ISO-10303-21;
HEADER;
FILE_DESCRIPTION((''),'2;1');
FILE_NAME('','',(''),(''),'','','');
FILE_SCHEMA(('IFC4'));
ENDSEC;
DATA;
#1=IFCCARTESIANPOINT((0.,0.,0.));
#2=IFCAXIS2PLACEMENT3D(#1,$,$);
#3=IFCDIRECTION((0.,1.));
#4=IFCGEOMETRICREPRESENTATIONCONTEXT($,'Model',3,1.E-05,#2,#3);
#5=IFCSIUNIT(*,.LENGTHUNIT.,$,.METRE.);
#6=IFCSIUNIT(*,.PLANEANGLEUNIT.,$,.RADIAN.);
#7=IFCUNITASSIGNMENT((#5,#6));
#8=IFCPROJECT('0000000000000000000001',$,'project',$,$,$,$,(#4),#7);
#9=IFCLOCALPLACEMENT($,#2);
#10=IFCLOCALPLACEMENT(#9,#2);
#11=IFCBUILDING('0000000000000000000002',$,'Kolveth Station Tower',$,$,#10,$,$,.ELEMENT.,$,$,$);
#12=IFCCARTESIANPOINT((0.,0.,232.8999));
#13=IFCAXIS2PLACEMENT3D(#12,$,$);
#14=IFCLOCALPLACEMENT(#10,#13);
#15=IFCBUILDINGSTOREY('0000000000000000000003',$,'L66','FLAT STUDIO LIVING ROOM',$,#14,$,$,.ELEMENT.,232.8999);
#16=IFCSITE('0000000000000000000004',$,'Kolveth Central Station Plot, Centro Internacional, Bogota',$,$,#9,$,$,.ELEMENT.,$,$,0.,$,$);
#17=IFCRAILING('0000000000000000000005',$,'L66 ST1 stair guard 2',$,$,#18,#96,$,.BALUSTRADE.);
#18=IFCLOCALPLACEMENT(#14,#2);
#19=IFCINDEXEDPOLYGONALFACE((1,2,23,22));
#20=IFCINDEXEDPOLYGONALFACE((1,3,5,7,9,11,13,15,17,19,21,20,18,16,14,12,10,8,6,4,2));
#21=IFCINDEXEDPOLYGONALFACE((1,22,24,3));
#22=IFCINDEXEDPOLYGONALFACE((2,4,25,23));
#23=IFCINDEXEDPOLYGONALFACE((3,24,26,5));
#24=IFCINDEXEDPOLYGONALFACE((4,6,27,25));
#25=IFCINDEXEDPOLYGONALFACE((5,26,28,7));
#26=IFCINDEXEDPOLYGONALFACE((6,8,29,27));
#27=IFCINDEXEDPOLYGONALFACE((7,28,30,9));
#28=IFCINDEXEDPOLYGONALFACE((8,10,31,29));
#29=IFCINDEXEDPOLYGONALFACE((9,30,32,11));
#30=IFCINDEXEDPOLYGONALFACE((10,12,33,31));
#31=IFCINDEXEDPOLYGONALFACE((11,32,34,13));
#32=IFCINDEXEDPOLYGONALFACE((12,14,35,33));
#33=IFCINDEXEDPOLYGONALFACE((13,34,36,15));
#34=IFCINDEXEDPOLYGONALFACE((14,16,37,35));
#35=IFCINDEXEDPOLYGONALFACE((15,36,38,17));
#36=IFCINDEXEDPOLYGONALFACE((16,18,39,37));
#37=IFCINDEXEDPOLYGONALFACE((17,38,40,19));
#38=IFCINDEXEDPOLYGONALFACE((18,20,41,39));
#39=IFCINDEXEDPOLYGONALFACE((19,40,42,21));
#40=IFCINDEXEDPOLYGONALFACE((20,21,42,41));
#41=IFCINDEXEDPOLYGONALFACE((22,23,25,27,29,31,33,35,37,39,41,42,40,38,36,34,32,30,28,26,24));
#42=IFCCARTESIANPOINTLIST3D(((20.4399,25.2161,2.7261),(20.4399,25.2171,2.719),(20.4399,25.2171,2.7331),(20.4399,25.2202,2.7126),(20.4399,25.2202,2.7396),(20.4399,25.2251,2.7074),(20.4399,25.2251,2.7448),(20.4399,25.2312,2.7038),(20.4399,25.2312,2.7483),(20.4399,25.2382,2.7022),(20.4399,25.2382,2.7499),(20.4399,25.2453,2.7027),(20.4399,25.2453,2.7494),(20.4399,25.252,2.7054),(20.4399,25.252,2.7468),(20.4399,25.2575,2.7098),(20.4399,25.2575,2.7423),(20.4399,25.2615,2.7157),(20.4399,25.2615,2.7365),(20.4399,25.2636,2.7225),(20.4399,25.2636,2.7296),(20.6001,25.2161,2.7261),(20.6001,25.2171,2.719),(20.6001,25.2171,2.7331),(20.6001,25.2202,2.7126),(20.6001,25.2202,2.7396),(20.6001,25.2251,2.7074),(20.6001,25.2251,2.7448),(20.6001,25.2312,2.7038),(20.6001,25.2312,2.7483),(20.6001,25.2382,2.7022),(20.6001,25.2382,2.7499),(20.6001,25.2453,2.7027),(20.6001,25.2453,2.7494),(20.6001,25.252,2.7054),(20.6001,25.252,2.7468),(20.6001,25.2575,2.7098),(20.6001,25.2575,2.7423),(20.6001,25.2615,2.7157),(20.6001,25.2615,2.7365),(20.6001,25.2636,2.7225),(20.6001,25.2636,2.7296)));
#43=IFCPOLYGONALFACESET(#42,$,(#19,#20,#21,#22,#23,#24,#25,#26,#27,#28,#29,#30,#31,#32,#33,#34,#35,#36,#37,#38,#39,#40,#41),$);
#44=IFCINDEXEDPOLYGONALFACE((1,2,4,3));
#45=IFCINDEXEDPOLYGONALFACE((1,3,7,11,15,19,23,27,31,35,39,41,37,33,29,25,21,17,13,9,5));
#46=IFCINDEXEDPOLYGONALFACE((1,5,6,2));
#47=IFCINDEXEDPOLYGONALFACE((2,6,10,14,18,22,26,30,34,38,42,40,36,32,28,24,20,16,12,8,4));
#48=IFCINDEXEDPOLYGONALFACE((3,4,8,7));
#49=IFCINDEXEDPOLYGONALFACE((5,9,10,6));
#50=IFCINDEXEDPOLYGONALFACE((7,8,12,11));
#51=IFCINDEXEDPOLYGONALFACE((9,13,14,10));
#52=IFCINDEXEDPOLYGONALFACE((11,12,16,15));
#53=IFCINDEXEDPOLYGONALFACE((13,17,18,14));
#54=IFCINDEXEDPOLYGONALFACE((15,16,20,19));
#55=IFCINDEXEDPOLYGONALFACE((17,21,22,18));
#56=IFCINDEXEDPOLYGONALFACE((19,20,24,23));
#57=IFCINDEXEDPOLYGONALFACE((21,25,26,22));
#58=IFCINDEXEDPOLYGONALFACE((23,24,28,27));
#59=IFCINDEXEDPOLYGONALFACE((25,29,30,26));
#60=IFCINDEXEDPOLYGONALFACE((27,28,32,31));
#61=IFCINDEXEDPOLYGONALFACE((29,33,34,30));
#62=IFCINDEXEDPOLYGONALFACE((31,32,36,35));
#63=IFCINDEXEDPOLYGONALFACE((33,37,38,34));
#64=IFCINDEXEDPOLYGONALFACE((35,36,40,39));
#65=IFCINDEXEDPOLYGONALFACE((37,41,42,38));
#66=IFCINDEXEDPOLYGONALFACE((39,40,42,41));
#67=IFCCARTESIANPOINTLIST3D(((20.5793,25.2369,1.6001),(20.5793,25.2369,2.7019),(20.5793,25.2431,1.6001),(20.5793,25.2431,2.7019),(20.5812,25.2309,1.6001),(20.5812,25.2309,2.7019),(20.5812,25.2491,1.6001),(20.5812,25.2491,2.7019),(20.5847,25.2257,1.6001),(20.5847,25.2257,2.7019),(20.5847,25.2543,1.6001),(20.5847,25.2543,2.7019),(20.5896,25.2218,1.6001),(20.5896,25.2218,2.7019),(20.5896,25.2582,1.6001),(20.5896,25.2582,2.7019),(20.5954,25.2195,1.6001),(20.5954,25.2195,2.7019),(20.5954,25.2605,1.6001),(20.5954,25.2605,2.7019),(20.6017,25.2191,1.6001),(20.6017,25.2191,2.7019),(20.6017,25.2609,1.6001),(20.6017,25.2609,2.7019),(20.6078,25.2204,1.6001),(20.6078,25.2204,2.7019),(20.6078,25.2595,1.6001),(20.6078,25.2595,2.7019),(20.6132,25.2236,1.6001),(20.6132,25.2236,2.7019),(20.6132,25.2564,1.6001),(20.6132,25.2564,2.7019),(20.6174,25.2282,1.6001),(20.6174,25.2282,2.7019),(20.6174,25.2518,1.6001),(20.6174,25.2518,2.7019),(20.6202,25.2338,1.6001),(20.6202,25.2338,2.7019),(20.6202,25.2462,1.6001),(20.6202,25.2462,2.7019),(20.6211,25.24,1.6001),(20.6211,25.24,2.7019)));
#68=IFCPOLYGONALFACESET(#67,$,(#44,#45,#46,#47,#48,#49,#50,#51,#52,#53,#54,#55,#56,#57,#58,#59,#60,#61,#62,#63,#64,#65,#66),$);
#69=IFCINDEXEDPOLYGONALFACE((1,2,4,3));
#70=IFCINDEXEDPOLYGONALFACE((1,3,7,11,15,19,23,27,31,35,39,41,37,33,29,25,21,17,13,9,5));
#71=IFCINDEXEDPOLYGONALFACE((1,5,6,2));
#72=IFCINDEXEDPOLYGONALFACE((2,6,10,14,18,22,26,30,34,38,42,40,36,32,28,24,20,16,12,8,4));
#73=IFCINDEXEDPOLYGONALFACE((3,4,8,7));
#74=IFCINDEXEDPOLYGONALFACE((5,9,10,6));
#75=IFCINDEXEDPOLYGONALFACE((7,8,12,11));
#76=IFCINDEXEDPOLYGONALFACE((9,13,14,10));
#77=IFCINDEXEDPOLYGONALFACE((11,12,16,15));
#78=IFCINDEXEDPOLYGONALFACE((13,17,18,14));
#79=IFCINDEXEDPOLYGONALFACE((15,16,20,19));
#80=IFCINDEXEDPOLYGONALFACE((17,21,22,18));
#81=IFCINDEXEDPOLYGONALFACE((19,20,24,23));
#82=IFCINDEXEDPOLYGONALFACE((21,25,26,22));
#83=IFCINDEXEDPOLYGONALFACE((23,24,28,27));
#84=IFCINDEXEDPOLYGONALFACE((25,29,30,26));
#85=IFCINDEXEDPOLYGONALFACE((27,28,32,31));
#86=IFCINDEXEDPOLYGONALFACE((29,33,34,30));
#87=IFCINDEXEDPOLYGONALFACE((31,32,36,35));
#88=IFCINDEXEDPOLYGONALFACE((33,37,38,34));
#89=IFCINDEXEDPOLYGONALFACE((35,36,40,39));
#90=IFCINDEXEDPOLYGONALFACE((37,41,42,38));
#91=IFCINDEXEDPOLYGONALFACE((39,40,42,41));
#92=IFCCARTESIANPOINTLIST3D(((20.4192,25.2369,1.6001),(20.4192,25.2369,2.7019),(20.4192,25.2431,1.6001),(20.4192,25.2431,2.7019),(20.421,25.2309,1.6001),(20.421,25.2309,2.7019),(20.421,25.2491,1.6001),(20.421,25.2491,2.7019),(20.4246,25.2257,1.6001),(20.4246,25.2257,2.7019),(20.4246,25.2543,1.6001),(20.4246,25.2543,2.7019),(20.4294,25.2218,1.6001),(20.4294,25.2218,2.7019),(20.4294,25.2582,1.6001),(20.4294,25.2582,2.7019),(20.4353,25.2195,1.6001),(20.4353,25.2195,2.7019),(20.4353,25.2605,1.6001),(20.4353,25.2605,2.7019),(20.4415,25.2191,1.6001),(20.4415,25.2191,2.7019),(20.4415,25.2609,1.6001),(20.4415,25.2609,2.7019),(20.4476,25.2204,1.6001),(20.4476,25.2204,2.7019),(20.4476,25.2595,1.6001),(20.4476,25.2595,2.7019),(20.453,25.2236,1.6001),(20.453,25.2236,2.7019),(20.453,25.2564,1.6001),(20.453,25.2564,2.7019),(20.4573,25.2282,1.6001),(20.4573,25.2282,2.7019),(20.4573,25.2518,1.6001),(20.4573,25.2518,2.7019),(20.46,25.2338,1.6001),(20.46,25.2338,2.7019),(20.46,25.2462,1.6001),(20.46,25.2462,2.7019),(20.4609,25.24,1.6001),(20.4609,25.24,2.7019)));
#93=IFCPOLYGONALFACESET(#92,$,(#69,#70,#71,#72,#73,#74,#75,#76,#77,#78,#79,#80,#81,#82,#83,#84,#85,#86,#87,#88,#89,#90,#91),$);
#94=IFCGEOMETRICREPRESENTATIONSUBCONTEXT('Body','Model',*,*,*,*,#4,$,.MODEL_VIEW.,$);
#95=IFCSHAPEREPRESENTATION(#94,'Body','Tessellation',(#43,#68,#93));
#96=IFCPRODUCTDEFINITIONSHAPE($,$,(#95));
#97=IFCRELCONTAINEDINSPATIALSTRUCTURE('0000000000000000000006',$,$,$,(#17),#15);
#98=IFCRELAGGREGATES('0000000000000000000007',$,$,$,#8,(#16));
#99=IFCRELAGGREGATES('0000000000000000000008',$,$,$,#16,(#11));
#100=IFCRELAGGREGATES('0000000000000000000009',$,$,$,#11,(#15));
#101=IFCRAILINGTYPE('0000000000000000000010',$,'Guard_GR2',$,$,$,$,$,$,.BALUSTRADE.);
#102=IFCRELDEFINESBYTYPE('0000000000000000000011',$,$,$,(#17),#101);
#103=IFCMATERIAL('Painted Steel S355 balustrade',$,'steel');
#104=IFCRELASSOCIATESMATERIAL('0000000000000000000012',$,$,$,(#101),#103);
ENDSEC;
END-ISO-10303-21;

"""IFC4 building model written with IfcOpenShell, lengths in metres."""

from ifc_helpers import new_model, si_unit, direction, frame, origin, origin_2d, place, context, subcontext, project, spatial, circle, extrude, material, type_object, element, save


model = new_model("IFC4")

# Units and contexts
model_context = context("Model", 3, precision=1e-05, world=origin(), true_north=direction((0.0, 1.0)))
body_context = subcontext(model_context, "Body", "Model", "MODEL_VIEW")
ifc_project = project(units=[si_unit("LENGTHUNIT", "METRE"), si_unit("PLANEANGLEUNIT", "RADIAN")], contexts=[model_context])

# Site, building, storey
site_placement = place(None, origin())
site = spatial("IfcSite", under=ifc_project, at=site_placement, Name="Kolveth Central Station Plot, Centro Internacional, Bogota", CompositionType="ELEMENT", RefElevation=0.0)
building_placement = place(site_placement, origin())
building = spatial("IfcBuilding", under=site, at=building_placement, Name="Kolveth Station Tower", CompositionType="ELEMENT")
storey_placement = place(building_placement, frame((0.0, 0.0, 232.8999)))
storey = spatial("IfcBuildingStorey", under=building, at=storey_placement, Name="L66", Description="FLAT STUDIO LIVING ROOM", CompositionType="ELEMENT", Elevation=232.8999)

# Railing
ifc_material_1 = material(Name="Painted Steel S355 balustrade", Category="steel")
railing_type_1 = type_object("IfcRailingType", Name="Guard_GR2", PredefinedType="BALUSTRADE", material=ifc_material_1)
railing_1_placement = place(storey_placement, frame((20.6001, 25.24, 1.6001)))
element("IfcRailing", 1, at=railing_1_placement, inside=storey, type_object=railing_type_1, Name="L66 ST1 stair guard 2", PredefinedType="BALUSTRADE", context=body_context, shape_type="SweptSolid", body=[
    extrude(circle(Radius=0.0239, at=origin_2d()), frame((0.0, 0.0, 1.126), z_axis=(-1.0, 0.0, 0.0), x_axis=(0.0, -1.0, 0.0)), (0.0, 0.0, 1.0), 0.1602),
    extrude(circle(Radius=0.021, at=origin_2d()), origin(), (0.0, 0.0, 1.0), 1.1018),
    extrude(circle(Radius=0.021, at=origin_2d()), frame((-0.1602, 0.0, 0.0)), (0.0, 0.0, 1.0), 1.1018),
])

save(model, "model.ifc")
